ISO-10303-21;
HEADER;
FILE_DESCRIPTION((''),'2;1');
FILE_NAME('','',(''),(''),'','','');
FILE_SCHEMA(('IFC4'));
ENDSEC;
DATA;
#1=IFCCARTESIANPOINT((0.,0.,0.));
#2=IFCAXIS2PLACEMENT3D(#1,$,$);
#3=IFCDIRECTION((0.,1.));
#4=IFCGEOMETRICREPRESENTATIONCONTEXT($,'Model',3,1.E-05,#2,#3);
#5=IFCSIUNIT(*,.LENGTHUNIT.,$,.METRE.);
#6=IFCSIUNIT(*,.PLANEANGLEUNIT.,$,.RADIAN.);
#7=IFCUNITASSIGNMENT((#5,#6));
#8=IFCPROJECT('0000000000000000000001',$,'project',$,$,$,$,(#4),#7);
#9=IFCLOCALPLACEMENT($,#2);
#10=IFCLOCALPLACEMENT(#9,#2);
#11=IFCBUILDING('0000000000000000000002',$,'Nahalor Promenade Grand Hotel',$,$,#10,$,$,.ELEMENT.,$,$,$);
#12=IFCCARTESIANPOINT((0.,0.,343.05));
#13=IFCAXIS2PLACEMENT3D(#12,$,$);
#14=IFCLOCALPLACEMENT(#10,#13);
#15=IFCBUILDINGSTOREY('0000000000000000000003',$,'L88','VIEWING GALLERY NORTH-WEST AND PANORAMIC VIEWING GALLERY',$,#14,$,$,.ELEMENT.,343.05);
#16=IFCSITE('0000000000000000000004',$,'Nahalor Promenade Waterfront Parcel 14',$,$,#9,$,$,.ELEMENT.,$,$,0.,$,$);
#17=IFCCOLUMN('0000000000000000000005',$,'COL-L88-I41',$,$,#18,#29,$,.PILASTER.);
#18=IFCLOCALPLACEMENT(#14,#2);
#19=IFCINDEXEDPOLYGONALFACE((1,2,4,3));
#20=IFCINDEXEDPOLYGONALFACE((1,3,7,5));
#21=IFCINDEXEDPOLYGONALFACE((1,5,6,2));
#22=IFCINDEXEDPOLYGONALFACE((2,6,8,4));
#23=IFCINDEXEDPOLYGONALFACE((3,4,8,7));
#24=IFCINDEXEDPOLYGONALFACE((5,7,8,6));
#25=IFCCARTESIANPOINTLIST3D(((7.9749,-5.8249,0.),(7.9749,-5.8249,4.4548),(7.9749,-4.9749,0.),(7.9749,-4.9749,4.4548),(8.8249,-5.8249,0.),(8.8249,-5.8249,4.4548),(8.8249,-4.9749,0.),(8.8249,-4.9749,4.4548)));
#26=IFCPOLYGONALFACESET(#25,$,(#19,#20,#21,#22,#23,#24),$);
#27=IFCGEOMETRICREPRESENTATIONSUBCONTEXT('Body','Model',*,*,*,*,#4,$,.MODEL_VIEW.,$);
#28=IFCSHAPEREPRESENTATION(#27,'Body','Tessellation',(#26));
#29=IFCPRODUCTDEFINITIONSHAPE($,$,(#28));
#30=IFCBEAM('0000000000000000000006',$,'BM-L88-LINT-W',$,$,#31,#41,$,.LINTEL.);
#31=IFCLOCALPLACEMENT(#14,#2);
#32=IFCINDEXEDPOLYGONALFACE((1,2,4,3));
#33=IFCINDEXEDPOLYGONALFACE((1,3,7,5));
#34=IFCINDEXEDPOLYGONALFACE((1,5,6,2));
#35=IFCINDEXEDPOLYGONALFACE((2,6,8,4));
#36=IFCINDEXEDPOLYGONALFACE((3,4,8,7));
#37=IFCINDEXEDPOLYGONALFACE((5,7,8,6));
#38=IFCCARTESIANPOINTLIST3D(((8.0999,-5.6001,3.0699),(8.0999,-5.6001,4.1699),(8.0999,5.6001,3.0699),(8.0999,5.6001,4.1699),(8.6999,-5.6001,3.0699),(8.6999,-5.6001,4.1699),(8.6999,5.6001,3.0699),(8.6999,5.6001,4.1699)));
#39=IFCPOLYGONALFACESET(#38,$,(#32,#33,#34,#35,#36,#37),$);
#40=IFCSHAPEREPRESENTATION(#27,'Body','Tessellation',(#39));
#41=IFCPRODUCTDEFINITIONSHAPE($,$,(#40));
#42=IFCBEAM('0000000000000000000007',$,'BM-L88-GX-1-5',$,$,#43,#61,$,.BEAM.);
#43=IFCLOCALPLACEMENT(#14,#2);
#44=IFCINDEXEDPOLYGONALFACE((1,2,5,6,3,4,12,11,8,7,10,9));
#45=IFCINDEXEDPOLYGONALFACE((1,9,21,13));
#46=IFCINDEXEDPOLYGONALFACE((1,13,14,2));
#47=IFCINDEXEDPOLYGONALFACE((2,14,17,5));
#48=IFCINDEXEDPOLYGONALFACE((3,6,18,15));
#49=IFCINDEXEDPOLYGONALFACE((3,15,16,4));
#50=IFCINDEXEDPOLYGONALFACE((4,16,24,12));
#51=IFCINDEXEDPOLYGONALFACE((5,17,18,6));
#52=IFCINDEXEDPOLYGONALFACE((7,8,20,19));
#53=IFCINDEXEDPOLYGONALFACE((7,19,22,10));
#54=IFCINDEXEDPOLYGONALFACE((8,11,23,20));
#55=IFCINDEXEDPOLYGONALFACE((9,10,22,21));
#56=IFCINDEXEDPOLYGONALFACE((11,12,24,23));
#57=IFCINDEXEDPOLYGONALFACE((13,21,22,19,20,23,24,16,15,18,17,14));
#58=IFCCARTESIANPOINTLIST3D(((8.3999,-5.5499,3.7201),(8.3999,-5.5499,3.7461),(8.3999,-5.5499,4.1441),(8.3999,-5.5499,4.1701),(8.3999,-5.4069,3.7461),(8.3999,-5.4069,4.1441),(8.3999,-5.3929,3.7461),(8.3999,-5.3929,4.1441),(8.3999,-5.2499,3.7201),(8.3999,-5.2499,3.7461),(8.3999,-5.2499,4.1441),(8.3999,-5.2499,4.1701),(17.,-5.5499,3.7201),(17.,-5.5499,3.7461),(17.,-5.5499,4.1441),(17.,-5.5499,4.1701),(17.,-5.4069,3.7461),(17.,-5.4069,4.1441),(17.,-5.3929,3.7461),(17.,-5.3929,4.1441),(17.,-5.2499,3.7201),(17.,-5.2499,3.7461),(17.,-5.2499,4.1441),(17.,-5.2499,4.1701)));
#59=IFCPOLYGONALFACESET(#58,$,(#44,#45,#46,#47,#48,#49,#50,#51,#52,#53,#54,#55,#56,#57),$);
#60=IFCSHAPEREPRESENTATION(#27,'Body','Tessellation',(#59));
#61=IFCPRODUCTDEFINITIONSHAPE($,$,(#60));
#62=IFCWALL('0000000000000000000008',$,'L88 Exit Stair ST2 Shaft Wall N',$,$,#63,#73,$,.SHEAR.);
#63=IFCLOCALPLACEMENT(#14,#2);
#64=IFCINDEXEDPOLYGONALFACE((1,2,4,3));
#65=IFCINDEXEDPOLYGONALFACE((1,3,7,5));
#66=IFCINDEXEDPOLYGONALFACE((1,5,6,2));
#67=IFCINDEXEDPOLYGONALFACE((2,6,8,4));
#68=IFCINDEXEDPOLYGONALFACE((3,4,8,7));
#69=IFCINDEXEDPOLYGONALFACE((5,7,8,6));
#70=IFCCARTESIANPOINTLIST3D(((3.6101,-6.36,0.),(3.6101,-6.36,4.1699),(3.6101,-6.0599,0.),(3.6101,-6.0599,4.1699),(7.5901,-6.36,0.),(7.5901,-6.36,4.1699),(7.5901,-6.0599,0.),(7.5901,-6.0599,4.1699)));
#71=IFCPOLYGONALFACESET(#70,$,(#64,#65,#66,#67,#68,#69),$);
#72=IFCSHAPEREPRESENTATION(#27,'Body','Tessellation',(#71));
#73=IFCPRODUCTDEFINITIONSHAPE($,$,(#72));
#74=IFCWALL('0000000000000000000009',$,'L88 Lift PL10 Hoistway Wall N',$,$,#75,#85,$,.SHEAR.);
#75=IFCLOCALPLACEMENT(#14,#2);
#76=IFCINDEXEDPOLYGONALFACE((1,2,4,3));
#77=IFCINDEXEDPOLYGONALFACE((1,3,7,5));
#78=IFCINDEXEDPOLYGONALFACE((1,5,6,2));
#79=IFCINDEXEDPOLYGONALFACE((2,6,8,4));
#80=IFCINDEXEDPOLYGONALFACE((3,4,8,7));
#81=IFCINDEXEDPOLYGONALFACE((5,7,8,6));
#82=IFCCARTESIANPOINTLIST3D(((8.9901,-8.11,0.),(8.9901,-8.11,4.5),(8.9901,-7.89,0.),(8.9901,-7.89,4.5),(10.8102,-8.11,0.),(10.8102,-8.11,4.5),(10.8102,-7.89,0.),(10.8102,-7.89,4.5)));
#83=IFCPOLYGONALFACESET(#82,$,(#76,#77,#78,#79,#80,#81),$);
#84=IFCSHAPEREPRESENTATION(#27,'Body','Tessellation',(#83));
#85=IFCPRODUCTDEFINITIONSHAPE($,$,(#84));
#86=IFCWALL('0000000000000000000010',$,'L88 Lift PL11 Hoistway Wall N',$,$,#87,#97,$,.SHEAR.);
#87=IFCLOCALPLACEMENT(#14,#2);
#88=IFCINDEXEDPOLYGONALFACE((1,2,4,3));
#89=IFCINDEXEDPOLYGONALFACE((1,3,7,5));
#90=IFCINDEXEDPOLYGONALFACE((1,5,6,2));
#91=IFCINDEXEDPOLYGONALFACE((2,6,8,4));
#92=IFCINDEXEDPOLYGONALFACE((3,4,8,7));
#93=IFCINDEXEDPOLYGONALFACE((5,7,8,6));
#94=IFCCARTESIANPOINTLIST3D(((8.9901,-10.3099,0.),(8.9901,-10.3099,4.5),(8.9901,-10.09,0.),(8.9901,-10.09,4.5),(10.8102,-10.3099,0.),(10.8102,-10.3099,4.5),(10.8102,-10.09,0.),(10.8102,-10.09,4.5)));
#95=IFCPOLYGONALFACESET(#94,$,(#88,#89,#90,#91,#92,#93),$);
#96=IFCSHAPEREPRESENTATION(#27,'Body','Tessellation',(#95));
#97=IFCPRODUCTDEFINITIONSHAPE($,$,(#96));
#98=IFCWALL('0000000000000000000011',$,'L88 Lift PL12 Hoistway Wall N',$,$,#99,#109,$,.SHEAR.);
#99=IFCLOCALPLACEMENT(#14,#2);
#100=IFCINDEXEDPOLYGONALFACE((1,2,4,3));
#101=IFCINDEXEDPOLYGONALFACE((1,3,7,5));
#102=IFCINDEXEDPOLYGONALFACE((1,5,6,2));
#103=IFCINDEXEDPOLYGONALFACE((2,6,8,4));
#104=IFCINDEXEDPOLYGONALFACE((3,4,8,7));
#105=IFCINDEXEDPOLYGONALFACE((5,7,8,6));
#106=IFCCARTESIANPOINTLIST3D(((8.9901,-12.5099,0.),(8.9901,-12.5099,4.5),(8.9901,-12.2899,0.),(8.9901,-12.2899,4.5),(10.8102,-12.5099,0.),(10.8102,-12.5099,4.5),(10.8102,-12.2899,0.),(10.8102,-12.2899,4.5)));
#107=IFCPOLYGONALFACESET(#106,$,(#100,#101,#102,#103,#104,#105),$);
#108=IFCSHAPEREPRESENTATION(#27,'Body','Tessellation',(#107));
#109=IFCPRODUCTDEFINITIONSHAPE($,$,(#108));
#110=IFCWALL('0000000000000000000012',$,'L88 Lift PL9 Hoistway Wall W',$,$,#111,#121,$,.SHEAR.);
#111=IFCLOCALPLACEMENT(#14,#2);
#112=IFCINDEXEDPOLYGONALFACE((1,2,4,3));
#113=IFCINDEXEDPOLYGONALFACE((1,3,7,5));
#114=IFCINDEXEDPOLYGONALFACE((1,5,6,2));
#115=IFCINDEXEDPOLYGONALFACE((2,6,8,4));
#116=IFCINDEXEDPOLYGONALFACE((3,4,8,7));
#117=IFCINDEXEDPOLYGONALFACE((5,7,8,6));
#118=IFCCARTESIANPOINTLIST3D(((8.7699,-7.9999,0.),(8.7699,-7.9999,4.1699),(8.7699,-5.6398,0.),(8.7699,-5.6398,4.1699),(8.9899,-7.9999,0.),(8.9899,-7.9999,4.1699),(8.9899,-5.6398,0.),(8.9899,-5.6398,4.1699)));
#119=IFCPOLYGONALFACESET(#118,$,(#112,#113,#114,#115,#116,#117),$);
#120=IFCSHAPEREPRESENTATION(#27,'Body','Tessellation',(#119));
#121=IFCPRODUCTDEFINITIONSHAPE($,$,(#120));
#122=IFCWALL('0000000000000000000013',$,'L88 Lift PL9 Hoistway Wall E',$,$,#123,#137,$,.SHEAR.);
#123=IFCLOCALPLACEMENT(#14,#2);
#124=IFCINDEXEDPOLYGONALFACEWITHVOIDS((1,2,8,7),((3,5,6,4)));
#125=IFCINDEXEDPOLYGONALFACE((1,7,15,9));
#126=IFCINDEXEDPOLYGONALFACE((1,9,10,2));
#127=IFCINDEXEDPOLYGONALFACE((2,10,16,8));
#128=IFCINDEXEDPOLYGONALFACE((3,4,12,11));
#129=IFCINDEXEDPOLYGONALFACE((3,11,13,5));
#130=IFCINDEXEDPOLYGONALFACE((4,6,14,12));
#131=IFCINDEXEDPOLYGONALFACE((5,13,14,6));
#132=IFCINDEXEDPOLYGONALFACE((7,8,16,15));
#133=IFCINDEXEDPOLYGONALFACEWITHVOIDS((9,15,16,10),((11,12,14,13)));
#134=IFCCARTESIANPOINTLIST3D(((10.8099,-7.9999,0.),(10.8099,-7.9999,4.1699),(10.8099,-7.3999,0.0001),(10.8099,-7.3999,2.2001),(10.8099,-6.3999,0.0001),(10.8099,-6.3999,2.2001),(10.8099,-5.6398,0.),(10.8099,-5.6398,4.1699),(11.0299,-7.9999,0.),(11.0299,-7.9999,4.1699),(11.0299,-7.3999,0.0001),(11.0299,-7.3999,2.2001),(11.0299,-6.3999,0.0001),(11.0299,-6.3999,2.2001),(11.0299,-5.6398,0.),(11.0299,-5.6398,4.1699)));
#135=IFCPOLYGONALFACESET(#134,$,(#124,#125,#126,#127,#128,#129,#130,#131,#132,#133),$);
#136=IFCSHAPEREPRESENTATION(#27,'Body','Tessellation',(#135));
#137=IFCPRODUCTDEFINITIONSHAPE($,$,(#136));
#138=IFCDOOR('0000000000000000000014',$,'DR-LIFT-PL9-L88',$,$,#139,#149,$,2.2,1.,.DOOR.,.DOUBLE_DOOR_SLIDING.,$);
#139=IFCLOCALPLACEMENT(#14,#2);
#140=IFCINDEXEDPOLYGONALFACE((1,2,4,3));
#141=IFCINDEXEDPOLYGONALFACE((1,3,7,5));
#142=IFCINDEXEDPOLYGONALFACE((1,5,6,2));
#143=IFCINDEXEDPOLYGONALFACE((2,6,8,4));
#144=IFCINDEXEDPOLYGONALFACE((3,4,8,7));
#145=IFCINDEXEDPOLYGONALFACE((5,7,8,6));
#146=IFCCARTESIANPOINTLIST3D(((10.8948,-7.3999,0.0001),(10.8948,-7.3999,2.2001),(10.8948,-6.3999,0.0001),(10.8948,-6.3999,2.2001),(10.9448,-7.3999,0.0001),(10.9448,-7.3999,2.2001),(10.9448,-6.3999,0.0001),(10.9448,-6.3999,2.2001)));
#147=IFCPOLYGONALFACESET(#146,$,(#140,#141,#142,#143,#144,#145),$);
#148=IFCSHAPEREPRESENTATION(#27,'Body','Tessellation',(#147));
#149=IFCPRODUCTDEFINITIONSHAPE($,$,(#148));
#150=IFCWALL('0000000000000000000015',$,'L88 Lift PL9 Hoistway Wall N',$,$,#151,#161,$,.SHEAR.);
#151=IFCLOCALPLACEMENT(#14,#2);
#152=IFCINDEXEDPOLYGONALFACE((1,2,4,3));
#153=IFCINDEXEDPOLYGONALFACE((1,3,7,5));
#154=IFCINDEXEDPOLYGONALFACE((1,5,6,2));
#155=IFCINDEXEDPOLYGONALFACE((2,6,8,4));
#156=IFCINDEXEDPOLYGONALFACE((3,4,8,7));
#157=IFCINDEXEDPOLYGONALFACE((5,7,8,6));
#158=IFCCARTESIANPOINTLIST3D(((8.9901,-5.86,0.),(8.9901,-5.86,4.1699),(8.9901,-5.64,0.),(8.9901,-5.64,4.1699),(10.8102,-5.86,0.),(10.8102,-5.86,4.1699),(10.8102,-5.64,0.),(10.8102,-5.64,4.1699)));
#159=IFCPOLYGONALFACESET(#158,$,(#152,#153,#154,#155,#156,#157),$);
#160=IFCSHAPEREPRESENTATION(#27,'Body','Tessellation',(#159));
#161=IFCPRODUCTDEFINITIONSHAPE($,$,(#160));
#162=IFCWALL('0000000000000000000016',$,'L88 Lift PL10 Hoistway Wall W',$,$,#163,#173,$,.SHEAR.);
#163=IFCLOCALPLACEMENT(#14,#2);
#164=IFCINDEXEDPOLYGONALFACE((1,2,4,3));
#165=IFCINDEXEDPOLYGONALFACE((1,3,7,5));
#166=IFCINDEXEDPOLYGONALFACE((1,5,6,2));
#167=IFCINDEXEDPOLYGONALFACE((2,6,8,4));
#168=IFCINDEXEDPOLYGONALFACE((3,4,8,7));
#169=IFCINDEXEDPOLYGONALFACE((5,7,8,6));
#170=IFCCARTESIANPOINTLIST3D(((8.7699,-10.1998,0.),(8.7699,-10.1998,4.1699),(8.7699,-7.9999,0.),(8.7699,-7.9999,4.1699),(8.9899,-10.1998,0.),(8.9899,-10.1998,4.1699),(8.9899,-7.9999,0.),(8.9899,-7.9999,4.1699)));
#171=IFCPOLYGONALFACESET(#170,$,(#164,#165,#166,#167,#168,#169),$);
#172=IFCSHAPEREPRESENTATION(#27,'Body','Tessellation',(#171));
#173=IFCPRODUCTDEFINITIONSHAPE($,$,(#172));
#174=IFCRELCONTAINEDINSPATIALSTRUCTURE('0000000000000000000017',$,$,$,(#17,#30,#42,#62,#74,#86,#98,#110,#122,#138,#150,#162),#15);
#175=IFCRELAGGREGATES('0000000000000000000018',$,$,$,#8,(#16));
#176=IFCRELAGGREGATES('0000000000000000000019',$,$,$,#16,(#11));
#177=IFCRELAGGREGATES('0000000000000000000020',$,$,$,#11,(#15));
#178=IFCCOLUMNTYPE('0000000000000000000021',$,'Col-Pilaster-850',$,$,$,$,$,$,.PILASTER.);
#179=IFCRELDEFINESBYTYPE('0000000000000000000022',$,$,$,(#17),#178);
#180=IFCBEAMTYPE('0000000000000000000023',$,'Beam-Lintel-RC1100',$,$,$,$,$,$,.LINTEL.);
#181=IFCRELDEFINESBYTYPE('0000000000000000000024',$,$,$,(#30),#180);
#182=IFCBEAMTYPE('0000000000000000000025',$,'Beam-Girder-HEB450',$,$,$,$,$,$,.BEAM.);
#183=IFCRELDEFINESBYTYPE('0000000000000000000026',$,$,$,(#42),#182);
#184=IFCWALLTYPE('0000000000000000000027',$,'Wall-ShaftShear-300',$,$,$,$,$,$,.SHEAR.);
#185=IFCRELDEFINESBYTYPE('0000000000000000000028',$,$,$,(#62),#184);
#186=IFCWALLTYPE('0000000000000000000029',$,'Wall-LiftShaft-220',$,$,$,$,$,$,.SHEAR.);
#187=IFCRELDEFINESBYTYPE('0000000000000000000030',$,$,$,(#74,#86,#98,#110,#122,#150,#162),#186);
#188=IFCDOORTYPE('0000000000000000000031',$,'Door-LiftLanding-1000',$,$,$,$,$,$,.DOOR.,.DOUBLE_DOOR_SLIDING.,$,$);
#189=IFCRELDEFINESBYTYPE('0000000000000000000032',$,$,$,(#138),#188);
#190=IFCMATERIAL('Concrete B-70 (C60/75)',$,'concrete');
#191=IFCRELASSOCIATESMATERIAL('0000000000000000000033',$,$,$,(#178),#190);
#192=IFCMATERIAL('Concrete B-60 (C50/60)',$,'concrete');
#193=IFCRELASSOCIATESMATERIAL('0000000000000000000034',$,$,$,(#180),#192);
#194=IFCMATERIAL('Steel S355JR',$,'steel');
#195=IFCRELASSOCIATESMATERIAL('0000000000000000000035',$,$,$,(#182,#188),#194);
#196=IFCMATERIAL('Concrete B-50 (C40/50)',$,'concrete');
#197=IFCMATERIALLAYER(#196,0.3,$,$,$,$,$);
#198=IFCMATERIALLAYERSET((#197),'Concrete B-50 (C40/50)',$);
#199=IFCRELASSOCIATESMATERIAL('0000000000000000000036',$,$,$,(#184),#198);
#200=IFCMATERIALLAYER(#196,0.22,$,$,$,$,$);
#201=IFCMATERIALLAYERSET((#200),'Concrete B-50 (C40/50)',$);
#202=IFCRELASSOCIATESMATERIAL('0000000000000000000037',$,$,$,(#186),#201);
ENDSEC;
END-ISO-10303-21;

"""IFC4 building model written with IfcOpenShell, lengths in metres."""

from ifc_helpers import new_model, si_unit, direction, frame, frame_2d, origin, origin_2d, place, context, subcontext, project, spatial, rectangle, i_section, extrude, source, transform, mapped, material, layer, layer_set, material_profile, profile_set, type_object, element, fill, save


model = new_model("IFC4")

# Units and contexts
model_context = context("Model", 3, precision=1e-05, world=origin(), true_north=direction((0.0, 1.0)))
body_context = subcontext(model_context, "Body", "Model", "MODEL_VIEW")
ifc_project = project(units=[si_unit("LENGTHUNIT", "METRE"), si_unit("PLANEANGLEUNIT", "RADIAN")], contexts=[model_context])

# Site, building, storey
site_placement = place(None, origin())
site = spatial("IfcSite", under=ifc_project, at=site_placement, Name="Nahalor Promenade Waterfront Parcel 14", CompositionType="ELEMENT", RefElevation=0.0)
building_placement = place(site_placement, origin())
building = spatial("IfcBuilding", under=site, at=building_placement, Name="Nahalor Promenade Grand Hotel", CompositionType="ELEMENT")
storey_placement = place(building_placement, frame((0.0, 0.0, 343.05)))
storey = spatial("IfcBuildingStorey", under=building, at=storey_placement, Name="L88", Description="VIEWING GALLERY NORTH-WEST AND PANORAMIC VIEWING GALLERY", CompositionType="ELEMENT", Elevation=343.05)

# Column
ifc_material_1 = material(Name="Concrete B-70 (C60/75)", Category="concrete")
ifc_material_profile_1 = material_profile(ifc_material_1, rectangle(XDim=0.85, YDim=0.85, at=origin_2d()), Name="RC 850x850")
ifc_profile_set_1 = profile_set([ifc_material_profile_1], Name="Concrete B-70 (C60/75)")
column_type = type_object("IfcColumnType", Name="Col-Pilaster-850", PredefinedType="PILASTER", material=ifc_profile_set_1)
shared_shape_1 = source(origin(), body_context, "Body", "SweptSolid", [
    extrude(rectangle(XDim=0.85, YDim=0.85, at=origin_2d()), origin(), (0.0, 0.0, 1.0), 4.4548),
])
column_placement = place(storey_placement, frame((8.3999, -5.3999, 0.0), z_axis=(0.0, 0.0, 1.0), x_axis=(1.0, 0.0, 0.0)))
element("IfcColumn", 1, at=column_placement, inside=storey, type_object=column_type, Name="COL-L88-I41", PredefinedType="PILASTER", context=body_context, shape_type="MappedRepresentation", body=[
    mapped(shared_shape_1, transform((0.0, 0.0, 0.0), scale=1.0)),
])

# Beams
ifc_material_2 = material(Name="Concrete B-60 (C50/60)", Category="concrete")
ifc_material_profile_2 = material_profile(ifc_material_2, rectangle(XDim=0.6, YDim=1.1, at=origin_2d()), Name="RC 600x1100")
ifc_profile_set_2 = profile_set([ifc_material_profile_2], Name="Concrete B-60 (C50/60)")
beam_type_1 = type_object("IfcBeamType", Name="Beam-Lintel-RC1100", PredefinedType="LINTEL", material=ifc_profile_set_2)
shared_shape_2 = source(origin(), body_context, "Body", "SweptSolid", [
    extrude(rectangle(XDim=0.6, YDim=1.1, at=origin_2d()), origin(), (0.0, 0.0, 1.0), 11.2002),
])
beam_1_placement = place(storey_placement, frame((8.3999, -5.6001, 3.6199), z_axis=(0.0, 1.0, 0.0), x_axis=(-1.0, 0.0, 0.0)))
element("IfcBeam", 2, at=beam_1_placement, inside=storey, type_object=beam_type_1, Name="BM-L88-LINT-W", PredefinedType="LINTEL", context=body_context, shape_type="MappedRepresentation", body=[
    mapped(shared_shape_2, transform((0.0, 0.0, 0.0), scale=1.0)),
])
ifc_material_3 = material(Name="Steel S355JR", Category="steel")
ifc_material_profile_3 = material_profile(ifc_material_3, i_section(OverallWidth=0.3, OverallDepth=0.45, WebThickness=0.014, FlangeThickness=0.026, at=origin_2d()), Name="HEB 450")
ifc_profile_set_3 = profile_set([ifc_material_profile_3], Name="Steel S355JR")
beam_type_2 = type_object("IfcBeamType", Name="Beam-Girder-HEB450", PredefinedType="BEAM", material=ifc_profile_set_3)
shared_shape_3 = source(origin(), body_context, "Body", "SweptSolid", [
    extrude(i_section(OverallWidth=0.3, OverallDepth=0.45, WebThickness=0.014, FlangeThickness=0.026, at=origin_2d()), origin(), (0.0, 0.0, 1.0), 8.6001),
])
beam_2_placement = place(storey_placement, frame((8.3999, -5.3999, 3.9451), z_axis=(1.0, 0.0, 0.0), x_axis=(0.0, 1.0, 0.0)))
element("IfcBeam", 3, at=beam_2_placement, inside=storey, type_object=beam_type_2, Name="BM-L88-GX-1-5", PredefinedType="BEAM", context=body_context, shape_type="MappedRepresentation", body=[
    mapped(shared_shape_3, transform((0.0, 0.0, 0.0), scale=1.0)),
])

# Walls
ifc_material_4 = material(Name="Concrete B-50 (C40/50)", Category="concrete")
ifc_layer_1 = layer(ifc_material_4, 0.3)
ifc_layer_set_1 = layer_set([ifc_layer_1], Name="Concrete B-50 (C40/50)")
wall_type_1 = type_object("IfcWallType", Name="Wall-ShaftShear-300", PredefinedType="SHEAR", material=ifc_layer_set_1)
shared_shape_4 = source(origin(), body_context, "Body", "SweptSolid", [
    extrude(rectangle(XDim=3.98, YDim=0.3, at=frame_2d((1.99, 0.0))), origin(), (0.0, 0.0, 1.0), 4.1699),
])
wall_1_placement = place(storey_placement, frame((3.6101, -6.21, 0.0), z_axis=(0.0, 0.0, 1.0), x_axis=(1.0, 0.0, 0.0)))
element("IfcWall", 4, at=wall_1_placement, inside=storey, type_object=wall_type_1, Name="L88 Exit Stair ST2 Shaft Wall N", PredefinedType="SHEAR", context=body_context, shape_type="MappedRepresentation", body=[
    mapped(shared_shape_4, transform((0.0, 0.0, 0.0), scale=1.0)),
])
ifc_layer_2 = layer(ifc_material_4, 0.22)
ifc_layer_set_2 = layer_set([ifc_layer_2], Name="Concrete B-50 (C40/50)")
wall_type_2 = type_object("IfcWallType", Name="Wall-LiftShaft-220", PredefinedType="SHEAR", material=ifc_layer_set_2)
shared_shape_5 = source(origin(), body_context, "Body", "SweptSolid", [
    extrude(rectangle(XDim=1.8201, YDim=0.22, at=frame_2d((0.9102, 0.0))), origin(), (0.0, 0.0, 1.0), 4.5),
])
for number, where, z_axis, x_axis, name in (
    (5, (8.99, -8.0, 0.0), (0.0, 0.0, 1.0), (1.0, 0.0, 0.0), "L88 Lift PL10 Hoistway Wall N"),
    (6, (8.99, -10.2, 0.0), (0.0, 0.0, 1.0), (1.0, 0.0, 0.0), "L88 Lift PL11 Hoistway Wall N"),
    (7, (8.99, -12.3999, 0.0), (0.0, 0.0, 1.0), (1.0, 0.0, 0.0), "L88 Lift PL12 Hoistway Wall N"),
):
    element("IfcWall", number, at=place(storey_placement, frame(where, z_axis=z_axis, x_axis=x_axis)), inside=storey, type_object=wall_type_2, Name=name, PredefinedType="SHEAR", context=body_context, shape_type="MappedRepresentation", body=[
        mapped(shared_shape_5, transform((0.0, 0.0, 0.0), scale=1.0)),
    ])
shared_shape_6 = source(origin(), body_context, "Body", "SweptSolid", [
    extrude(rectangle(XDim=2.3601, YDim=0.22, at=frame_2d((1.1802, 0.0))), origin(), (0.0, 0.0, 1.0), 4.1699),
])
wall_2_placement = place(storey_placement, frame((8.8799, -8.0, 0.0), z_axis=(0.0, 0.0, 1.0), x_axis=(0.0, 1.0, 0.0)))
element("IfcWall", 8, at=wall_2_placement, inside=storey, type_object=wall_type_2, Name="L88 Lift PL9 Hoistway Wall W", PredefinedType="SHEAR", context=body_context, shape_type="MappedRepresentation", body=[
    mapped(shared_shape_6, transform((0.0, 0.0, 0.0), scale=1.0)),
])

# Wall, opening, door
wall_3_placement = place(storey_placement, frame((10.9199, -8.0, 0.0), z_axis=(0.0, 0.0, 1.0), x_axis=(0.0, 1.0, 0.0)))
wall_3 = element("IfcWall", 9, at=wall_3_placement, inside=storey, type_object=wall_type_2, Name="L88 Lift PL9 Hoistway Wall E", PredefinedType="SHEAR", context=body_context, shape_type="MappedRepresentation", body=[
    mapped(shared_shape_6, transform((0.0, 0.0, 0.0), scale=1.0)),
])
opening_1_placement = place(wall_3_placement, frame((0.6001, 0.0, 0.0)))
opening_1 = element("IfcOpeningElement", 10, at=opening_1_placement, cuts=wall_3, PredefinedType="OPENING", context=body_context, shape_type="SweptSolid", body=[
    extrude(rectangle(XDim=1.0, YDim=2.2, at=frame_2d((0.5, 1.1001))), frame((0.0, 0.1199, 0.0), z_axis=(0.0, -1.0, 0.0), x_axis=(1.0, 0.0, 0.0)), (0.0, 0.0, 1.0), 0.24),
])
door_type_1 = type_object("IfcDoorType", Name="Door-LiftLanding-1000", OperationType="DOUBLE_DOOR_SLIDING", PredefinedType="DOOR", material=ifc_material_3)
shared_shape_7 = source(origin(), body_context, "Body", "SweptSolid", [
    extrude(rectangle(XDim=1.0, YDim=2.2, at=frame_2d((0.5, 1.1001))), frame((0.0, 0.0249, 0.0), z_axis=(0.0, -1.0, 0.0), x_axis=(1.0, 0.0, 0.0)), (0.0, 0.0, 1.0), 0.05),
])
door_1_placement = place(opening_1_placement, frame((1.0, 0.0, 0.0), z_axis=(0.0, 0.0, 1.0), x_axis=(-1.0, 0.0, 0.0)))
door_1 = element("IfcDoor", 11, at=door_1_placement, inside=storey, type_object=door_type_1, Name="DR-LIFT-PL9-L88", OperationType="DOUBLE_DOOR_SLIDING", OverallHeight=2.2, OverallWidth=1.0, PredefinedType="DOOR", context=body_context, shape_type="MappedRepresentation", body=[
    mapped(shared_shape_7, transform((0.0, 0.0, 0.0), scale=1.0)),
])
fill(opening_1, door_1)

# Walls
shared_shape_8 = source(origin(), body_context, "Body", "SweptSolid", [
    extrude(rectangle(XDim=1.8201, YDim=0.22, at=frame_2d((0.9102, 0.0))), origin(), (0.0, 0.0, 1.0), 4.1699),
])
wall_4_placement = place(storey_placement, frame((8.99, -5.75, 0.0), z_axis=(0.0, 0.0, 1.0), x_axis=(1.0, 0.0, 0.0)))
element("IfcWall", 12, at=wall_4_placement, inside=storey, type_object=wall_type_2, Name="L88 Lift PL9 Hoistway Wall N", PredefinedType="SHEAR", context=body_context, shape_type="MappedRepresentation", body=[
    mapped(shared_shape_8, transform((0.0, 0.0, 0.0), scale=1.0)),
])
shared_shape_9 = source(origin(), body_context, "Body", "SweptSolid", [
    extrude(rectangle(XDim=2.2, YDim=0.22, at=frame_2d((1.1001, 0.0))), origin(), (0.0, 0.0, 1.0), 4.1699),
])
wall_5_placement = place(storey_placement, frame((8.8799, -10.2, 0.0), z_axis=(0.0, 0.0, 1.0), x_axis=(0.0, 1.0, 0.0)))
element("IfcWall", 13, at=wall_5_placement, inside=storey, type_object=wall_type_2, Name="L88 Lift PL10 Hoistway Wall W", PredefinedType="SHEAR", context=body_context, shape_type="MappedRepresentation", body=[
    mapped(shared_shape_9, transform((0.0, 0.0, 0.0), scale=1.0)),
])

save(model, "model.ifc")
